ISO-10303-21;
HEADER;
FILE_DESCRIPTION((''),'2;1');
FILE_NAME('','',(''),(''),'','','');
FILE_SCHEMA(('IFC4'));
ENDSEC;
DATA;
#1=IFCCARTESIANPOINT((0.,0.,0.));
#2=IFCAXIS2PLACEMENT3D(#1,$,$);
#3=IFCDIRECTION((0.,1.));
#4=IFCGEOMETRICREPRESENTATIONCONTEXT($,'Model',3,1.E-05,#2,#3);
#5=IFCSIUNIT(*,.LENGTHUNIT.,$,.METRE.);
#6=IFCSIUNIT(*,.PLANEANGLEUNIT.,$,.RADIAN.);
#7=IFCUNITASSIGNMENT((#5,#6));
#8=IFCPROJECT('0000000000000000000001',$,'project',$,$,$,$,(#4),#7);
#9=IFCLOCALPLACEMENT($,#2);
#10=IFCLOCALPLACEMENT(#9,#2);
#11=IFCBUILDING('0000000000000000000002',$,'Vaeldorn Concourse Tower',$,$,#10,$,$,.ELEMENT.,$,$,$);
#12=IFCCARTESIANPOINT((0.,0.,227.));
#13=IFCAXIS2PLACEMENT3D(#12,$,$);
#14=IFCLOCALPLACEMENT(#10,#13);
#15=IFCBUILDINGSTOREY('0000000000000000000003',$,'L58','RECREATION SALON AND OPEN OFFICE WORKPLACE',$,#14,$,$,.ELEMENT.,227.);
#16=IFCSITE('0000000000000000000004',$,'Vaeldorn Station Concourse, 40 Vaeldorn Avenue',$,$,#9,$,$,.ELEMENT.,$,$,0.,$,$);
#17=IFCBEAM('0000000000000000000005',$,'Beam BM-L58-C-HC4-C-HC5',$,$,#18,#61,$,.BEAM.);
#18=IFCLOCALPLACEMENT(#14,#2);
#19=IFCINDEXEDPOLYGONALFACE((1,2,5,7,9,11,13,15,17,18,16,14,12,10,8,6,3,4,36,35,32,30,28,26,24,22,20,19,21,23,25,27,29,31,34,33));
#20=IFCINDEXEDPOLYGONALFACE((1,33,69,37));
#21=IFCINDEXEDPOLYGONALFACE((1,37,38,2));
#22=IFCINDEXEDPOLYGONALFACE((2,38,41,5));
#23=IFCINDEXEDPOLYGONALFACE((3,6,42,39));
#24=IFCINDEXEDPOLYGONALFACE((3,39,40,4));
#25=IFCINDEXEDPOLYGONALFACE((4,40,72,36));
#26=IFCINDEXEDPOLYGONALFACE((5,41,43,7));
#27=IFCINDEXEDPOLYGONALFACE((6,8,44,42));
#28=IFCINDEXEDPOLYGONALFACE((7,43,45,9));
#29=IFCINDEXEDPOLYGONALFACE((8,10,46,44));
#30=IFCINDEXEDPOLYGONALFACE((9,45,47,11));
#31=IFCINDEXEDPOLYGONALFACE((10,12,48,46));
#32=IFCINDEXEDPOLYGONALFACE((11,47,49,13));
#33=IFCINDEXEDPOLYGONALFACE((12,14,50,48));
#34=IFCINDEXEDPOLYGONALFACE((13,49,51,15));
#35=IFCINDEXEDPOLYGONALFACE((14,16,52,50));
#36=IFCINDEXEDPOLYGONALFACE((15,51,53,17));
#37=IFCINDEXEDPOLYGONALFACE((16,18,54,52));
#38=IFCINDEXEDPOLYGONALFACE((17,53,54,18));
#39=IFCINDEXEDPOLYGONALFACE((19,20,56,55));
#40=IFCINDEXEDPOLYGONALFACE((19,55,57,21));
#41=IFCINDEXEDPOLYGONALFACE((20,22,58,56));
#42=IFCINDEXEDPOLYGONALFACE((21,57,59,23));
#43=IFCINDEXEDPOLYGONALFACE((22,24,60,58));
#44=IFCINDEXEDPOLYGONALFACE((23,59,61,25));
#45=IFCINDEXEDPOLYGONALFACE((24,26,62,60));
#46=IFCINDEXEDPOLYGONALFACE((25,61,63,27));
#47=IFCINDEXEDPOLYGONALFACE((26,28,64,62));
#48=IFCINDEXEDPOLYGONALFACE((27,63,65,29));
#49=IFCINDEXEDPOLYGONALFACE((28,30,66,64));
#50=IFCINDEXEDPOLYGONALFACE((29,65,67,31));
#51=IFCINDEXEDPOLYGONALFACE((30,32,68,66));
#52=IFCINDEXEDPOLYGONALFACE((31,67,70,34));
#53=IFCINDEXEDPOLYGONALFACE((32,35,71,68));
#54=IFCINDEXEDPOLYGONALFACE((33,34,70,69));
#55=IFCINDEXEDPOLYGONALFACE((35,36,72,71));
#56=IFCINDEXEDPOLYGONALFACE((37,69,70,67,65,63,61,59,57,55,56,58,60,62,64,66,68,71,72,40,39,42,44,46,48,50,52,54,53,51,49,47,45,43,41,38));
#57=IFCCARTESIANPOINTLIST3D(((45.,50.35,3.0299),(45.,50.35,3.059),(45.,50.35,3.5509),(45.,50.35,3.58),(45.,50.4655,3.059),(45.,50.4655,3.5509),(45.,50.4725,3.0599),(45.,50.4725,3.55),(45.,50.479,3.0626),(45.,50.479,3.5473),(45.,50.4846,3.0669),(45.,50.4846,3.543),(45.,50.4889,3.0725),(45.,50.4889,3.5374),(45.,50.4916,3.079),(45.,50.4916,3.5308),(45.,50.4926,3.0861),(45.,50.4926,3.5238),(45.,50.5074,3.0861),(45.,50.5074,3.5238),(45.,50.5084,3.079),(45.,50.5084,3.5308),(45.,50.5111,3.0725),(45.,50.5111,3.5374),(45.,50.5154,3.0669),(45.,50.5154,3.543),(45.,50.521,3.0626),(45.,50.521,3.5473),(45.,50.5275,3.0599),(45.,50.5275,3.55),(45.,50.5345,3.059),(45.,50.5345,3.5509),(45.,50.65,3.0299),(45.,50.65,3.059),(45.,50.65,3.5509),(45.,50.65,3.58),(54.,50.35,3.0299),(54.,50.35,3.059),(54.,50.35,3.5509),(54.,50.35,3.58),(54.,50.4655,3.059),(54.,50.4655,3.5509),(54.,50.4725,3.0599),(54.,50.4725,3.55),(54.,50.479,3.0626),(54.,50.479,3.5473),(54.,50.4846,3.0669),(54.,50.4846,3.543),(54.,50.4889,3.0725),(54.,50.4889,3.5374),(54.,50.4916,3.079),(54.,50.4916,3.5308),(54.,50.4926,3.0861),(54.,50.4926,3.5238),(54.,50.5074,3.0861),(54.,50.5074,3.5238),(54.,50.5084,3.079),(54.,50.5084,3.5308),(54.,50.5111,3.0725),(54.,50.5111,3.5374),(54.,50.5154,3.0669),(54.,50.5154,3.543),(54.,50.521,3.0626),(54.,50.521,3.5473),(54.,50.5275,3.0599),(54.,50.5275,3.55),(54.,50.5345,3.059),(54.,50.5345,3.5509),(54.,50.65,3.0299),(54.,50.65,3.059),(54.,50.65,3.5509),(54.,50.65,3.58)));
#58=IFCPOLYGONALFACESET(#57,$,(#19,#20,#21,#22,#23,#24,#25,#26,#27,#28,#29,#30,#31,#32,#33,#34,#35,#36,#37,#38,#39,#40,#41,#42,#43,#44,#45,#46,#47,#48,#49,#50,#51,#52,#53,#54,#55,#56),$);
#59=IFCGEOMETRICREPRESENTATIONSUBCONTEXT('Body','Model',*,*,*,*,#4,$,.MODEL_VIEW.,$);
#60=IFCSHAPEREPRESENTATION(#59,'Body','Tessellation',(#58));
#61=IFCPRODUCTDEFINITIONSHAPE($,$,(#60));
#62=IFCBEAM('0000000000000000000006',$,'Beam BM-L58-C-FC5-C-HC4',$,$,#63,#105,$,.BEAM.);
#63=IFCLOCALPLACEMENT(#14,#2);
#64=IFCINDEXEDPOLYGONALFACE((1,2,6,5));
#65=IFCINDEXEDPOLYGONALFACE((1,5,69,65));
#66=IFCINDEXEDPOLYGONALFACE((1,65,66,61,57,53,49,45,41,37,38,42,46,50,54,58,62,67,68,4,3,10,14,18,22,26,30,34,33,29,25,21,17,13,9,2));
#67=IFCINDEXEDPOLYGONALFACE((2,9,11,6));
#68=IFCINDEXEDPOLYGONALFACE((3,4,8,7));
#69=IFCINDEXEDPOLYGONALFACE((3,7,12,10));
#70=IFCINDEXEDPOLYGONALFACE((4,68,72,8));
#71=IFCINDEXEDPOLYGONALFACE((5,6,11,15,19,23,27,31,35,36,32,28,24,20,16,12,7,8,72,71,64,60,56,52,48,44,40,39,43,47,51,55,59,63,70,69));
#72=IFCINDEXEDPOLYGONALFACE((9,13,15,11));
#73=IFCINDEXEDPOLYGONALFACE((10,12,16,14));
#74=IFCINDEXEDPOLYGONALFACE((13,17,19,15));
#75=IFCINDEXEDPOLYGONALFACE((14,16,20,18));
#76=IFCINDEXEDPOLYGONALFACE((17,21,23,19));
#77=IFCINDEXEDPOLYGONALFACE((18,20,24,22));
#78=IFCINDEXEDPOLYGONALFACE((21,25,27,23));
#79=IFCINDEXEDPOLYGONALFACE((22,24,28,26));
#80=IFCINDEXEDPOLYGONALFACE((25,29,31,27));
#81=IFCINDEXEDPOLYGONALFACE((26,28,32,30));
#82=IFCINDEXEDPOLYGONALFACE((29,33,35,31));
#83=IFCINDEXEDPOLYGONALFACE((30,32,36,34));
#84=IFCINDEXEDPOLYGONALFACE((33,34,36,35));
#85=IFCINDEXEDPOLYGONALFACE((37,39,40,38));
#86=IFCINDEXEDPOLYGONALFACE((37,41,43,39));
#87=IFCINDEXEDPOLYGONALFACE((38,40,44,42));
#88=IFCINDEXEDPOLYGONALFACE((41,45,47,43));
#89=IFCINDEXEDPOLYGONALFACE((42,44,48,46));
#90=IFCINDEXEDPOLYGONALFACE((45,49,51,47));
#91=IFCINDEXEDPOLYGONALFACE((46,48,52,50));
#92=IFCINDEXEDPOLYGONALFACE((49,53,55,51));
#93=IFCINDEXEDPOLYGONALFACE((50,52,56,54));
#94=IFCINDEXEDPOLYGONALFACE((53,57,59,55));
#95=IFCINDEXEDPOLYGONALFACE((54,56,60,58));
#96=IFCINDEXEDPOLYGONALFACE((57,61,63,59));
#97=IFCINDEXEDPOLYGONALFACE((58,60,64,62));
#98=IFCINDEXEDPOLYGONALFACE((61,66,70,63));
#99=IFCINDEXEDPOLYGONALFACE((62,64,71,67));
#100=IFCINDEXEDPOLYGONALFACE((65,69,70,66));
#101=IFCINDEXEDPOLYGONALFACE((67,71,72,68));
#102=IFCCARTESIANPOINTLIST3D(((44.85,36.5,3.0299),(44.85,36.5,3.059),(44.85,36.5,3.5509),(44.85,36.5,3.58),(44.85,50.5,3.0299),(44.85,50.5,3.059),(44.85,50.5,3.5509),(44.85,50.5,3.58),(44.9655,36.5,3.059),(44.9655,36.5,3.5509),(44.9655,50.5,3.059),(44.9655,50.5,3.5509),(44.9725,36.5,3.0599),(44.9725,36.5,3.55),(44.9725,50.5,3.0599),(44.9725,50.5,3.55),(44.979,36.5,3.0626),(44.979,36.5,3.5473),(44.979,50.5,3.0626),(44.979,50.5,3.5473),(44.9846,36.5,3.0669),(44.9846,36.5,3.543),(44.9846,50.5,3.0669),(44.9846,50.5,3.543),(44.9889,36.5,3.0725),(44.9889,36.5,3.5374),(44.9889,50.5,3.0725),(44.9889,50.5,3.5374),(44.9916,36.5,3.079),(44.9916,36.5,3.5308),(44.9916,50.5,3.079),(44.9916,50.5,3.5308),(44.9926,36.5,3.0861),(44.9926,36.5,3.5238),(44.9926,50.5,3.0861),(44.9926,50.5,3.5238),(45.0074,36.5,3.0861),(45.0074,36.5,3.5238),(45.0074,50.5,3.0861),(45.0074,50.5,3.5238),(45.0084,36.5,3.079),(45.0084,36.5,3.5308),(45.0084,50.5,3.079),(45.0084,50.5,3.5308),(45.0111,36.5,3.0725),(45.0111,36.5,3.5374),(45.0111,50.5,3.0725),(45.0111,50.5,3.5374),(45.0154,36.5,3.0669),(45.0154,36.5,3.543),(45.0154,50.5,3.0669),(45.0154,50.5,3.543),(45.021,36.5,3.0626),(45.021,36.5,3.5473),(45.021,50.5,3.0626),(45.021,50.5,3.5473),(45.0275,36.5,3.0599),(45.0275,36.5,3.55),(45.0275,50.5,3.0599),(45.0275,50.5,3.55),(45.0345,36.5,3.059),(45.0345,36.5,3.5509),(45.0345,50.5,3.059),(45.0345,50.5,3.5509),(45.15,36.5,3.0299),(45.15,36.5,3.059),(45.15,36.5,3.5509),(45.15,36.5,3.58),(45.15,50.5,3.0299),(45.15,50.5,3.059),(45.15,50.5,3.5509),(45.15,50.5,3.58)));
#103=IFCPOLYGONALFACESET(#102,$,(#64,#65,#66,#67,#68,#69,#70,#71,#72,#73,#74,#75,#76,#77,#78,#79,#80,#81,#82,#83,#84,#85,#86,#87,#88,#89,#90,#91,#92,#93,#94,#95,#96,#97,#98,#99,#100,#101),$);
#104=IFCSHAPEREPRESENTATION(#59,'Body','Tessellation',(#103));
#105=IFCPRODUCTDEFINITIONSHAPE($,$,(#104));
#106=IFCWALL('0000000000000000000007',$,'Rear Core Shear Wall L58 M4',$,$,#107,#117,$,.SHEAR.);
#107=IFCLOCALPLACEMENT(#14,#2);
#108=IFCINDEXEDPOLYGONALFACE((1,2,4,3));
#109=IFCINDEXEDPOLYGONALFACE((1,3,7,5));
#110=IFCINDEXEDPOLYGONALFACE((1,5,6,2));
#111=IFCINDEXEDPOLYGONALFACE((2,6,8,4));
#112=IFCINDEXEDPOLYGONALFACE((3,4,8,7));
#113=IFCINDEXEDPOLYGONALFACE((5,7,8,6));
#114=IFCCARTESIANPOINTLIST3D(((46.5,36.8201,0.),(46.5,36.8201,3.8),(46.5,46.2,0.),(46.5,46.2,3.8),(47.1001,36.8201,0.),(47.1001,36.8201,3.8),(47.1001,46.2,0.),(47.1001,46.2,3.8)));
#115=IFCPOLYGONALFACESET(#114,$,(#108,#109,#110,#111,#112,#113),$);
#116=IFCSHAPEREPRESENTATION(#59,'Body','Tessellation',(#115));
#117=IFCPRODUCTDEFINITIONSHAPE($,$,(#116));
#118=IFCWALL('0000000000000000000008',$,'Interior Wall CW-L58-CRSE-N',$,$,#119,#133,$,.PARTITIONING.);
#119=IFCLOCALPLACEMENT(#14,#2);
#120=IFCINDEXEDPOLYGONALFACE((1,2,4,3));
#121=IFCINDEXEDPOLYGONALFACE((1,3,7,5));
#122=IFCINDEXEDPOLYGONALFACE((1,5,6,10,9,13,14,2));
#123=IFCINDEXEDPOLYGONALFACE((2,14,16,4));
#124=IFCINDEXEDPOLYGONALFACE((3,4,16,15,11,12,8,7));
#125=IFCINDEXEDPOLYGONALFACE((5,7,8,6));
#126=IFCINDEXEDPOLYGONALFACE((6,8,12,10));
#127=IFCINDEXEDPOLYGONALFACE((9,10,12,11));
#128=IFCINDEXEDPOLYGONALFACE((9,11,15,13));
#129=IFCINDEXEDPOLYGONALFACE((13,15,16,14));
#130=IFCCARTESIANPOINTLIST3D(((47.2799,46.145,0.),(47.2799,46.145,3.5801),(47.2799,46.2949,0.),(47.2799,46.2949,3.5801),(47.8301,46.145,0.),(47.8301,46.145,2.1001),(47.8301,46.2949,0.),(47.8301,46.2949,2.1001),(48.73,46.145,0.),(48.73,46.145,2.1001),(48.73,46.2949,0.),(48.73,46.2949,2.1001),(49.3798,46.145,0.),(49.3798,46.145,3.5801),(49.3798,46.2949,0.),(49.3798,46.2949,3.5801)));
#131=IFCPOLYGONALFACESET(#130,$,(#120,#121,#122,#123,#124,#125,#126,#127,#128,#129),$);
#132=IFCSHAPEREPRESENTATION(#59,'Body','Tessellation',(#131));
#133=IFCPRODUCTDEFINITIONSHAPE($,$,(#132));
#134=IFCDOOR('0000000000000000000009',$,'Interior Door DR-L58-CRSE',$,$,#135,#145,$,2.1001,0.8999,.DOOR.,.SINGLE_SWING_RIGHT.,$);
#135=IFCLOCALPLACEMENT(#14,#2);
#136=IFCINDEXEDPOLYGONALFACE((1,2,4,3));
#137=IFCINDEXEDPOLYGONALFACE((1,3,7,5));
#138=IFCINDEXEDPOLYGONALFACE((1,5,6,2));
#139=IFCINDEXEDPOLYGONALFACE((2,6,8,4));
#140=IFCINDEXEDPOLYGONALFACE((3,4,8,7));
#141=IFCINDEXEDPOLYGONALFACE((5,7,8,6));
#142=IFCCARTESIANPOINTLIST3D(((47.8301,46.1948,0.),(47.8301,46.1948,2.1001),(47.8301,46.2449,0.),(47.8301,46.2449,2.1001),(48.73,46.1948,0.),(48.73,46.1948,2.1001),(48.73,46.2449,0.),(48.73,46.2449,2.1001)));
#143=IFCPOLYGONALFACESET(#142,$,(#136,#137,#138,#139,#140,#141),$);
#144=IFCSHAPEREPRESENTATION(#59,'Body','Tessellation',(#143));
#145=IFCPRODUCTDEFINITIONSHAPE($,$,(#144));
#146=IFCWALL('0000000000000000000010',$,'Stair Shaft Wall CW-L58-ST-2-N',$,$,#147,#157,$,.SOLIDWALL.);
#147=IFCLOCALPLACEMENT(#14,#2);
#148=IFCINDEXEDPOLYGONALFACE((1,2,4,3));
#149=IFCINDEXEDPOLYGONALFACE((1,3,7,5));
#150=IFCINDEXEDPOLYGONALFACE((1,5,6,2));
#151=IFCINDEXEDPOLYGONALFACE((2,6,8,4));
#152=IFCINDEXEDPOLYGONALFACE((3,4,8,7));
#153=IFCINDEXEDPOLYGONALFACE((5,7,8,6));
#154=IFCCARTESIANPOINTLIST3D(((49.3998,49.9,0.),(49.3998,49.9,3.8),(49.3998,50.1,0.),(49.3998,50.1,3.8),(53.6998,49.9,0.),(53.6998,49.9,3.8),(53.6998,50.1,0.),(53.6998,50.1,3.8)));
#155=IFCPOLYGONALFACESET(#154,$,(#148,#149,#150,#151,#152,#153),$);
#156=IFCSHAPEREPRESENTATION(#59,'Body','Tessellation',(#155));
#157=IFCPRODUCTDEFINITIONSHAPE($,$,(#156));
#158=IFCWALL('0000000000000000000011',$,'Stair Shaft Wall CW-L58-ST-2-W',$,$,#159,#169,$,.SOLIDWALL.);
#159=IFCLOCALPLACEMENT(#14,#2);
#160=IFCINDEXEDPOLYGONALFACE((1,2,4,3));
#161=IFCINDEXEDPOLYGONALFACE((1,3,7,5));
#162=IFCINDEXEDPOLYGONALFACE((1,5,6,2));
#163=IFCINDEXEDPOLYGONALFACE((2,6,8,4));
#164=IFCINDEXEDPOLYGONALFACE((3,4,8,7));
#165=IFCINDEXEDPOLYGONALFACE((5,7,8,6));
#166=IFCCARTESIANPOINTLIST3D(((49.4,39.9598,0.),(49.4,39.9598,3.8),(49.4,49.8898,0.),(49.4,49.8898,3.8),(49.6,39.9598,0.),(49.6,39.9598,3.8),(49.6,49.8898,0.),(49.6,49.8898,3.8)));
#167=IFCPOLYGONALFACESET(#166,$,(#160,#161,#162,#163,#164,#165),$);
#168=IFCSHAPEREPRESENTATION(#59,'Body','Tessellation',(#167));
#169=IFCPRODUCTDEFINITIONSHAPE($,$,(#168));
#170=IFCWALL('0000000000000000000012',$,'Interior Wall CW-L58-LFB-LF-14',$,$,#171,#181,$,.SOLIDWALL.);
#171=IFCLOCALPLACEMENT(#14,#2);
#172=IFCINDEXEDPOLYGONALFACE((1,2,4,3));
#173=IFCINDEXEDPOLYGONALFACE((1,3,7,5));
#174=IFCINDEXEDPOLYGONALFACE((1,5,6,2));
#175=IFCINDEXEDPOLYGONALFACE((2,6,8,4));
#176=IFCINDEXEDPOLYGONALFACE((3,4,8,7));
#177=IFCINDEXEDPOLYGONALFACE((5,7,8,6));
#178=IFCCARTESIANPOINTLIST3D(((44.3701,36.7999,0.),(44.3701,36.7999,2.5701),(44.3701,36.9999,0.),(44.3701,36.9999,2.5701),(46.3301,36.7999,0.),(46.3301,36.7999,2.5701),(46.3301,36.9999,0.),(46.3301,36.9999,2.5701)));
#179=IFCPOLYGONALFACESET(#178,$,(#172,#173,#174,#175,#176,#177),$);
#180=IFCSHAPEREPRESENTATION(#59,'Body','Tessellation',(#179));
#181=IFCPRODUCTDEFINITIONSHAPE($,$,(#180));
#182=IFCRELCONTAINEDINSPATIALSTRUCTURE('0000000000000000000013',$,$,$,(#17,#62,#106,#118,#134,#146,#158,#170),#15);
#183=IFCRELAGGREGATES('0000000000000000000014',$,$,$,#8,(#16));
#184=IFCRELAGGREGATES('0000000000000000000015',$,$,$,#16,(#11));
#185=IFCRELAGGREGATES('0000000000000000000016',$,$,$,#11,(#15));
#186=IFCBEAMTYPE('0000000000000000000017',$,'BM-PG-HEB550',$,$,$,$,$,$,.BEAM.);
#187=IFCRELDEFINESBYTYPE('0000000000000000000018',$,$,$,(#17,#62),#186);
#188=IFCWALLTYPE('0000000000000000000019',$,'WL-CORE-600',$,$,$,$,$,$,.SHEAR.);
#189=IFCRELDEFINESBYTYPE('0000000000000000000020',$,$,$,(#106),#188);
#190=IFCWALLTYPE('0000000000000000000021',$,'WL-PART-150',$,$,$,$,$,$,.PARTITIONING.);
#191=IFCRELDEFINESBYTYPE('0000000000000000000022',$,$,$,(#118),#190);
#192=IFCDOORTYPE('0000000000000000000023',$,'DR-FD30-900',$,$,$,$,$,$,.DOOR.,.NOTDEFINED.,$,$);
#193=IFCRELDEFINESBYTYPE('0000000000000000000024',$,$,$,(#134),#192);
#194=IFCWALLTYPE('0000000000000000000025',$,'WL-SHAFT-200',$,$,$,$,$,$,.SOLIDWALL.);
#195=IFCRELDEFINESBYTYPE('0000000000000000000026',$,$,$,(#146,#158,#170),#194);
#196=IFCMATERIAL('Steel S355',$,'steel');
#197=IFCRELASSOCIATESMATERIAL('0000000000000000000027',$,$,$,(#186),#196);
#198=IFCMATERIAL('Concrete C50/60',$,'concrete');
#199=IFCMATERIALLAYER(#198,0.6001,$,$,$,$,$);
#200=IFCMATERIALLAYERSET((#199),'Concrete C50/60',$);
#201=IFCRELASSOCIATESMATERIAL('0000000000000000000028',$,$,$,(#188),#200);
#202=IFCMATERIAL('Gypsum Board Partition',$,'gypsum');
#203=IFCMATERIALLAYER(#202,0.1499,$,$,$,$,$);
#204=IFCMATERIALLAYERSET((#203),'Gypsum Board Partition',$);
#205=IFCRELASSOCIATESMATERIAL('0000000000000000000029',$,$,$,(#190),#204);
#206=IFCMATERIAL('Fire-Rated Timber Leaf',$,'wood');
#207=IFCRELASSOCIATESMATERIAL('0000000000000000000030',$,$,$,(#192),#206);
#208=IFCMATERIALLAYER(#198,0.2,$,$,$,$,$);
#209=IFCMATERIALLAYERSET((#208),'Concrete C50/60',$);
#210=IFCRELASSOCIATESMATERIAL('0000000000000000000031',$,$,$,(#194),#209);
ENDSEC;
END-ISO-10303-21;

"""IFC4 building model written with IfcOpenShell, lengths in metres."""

from ifc_helpers import new_model, si_unit, direction, frame, frame_2d, origin, origin_2d, place, context, subcontext, project, spatial, rectangle, i_section, extrude, source, transform, mapped, material, layer, layer_set, material_profile, profile_set, type_object, element, fill, save


model = new_model("IFC4")

# Units and contexts
model_context = context("Model", 3, precision=1e-05, world=origin(), true_north=direction((0.0, 1.0)))
body_context = subcontext(model_context, "Body", "Model", "MODEL_VIEW")
ifc_project = project(units=[si_unit("LENGTHUNIT", "METRE"), si_unit("PLANEANGLEUNIT", "RADIAN")], contexts=[model_context])

# Site, building, storey
site_placement = place(None, origin())
site = spatial("IfcSite", under=ifc_project, at=site_placement, Name="Vaeldorn Station Concourse, 40 Vaeldorn Avenue", CompositionType="ELEMENT", RefElevation=0.0)
building_placement = place(site_placement, origin())
building = spatial("IfcBuilding", under=site, at=building_placement, Name="Vaeldorn Concourse Tower", CompositionType="ELEMENT")
storey_placement = place(building_placement, frame((0.0, 0.0, 227.0)))
storey = spatial("IfcBuildingStorey", under=building, at=storey_placement, Name="L58", Description="RECREATION SALON AND OPEN OFFICE WORKPLACE", CompositionType="ELEMENT", Elevation=227.0)

# Beams
ifc_material_1 = material(Name="Concrete C50/60", Category="concrete")
ifc_material_2 = material(Name="Steel S355", Category="steel")
ifc_material_profile_1 = material_profile(ifc_material_2, i_section(OverallWidth=0.3, OverallDepth=0.55, WebThickness=0.0149, FlangeThickness=0.0291, FilletRadius=0.0271, at=origin_2d()), Name="HEB 550")
ifc_profile_set_1 = profile_set([ifc_material_profile_1], Name="Steel S355")
beam_type_1 = type_object("IfcBeamType", Name="BM-PG-HEB550", PredefinedType="BEAM", material=ifc_profile_set_1)
shared_shape_1 = source(origin(), body_context, "Body", "SweptSolid", [
    extrude(i_section(OverallWidth=0.3, OverallDepth=0.55, WebThickness=0.0149, FlangeThickness=0.0291, FilletRadius=0.0271, at=origin_2d()), origin(), (0.0, 0.0, 1.0), 9.0),
])
beam_1_placement = place(storey_placement, frame((45.0, 50.5, 3.3049), z_axis=(1.0, 0.0, 0.0), x_axis=(0.0, 1.0, 0.0)))
element("IfcBeam", 1, at=beam_1_placement, inside=storey, type_object=beam_type_1, Name="Beam BM-L58-C-HC4-C-HC5", PredefinedType="BEAM", context=body_context, shape_type="MappedRepresentation", body=[
    mapped(shared_shape_1, transform((0.0, 0.0, 0.0), scale=1.0)),
])
shared_shape_2 = source(origin(), body_context, "Body", "SweptSolid", [
    extrude(i_section(OverallWidth=0.3, OverallDepth=0.55, WebThickness=0.0149, FlangeThickness=0.0291, FilletRadius=0.0271, at=origin_2d()), origin(), (0.0, 0.0, 1.0), 14.0),
])
beam_2_placement = place(storey_placement, frame((45.0, 36.5, 3.3049), z_axis=(0.0, 1.0, 0.0), x_axis=(-1.0, 0.0, 0.0)))
element("IfcBeam", 2, at=beam_2_placement, inside=storey, type_object=beam_type_1, Name="Beam BM-L58-C-FC5-C-HC4", PredefinedType="BEAM", context=body_context, shape_type="MappedRepresentation", body=[
    mapped(shared_shape_2, transform((0.0, 0.0, 0.0), scale=1.0)),
])

# Wall
ifc_layer_1 = layer(ifc_material_1, 0.6001)
ifc_layer_set_1 = layer_set([ifc_layer_1], Name="Concrete C50/60")
wall_type_1 = type_object("IfcWallType", Name="WL-CORE-600", PredefinedType="SHEAR", material=ifc_layer_set_1)
wall_1_placement = place(storey_placement, frame((46.8, 36.8201, 0.0), z_axis=(0.0, 0.0, 1.0), x_axis=(0.0, 1.0, 0.0)))
element("IfcWall", 3, at=wall_1_placement, inside=storey, type_object=wall_type_1, Name="Rear Core Shear Wall L58 M4", PredefinedType="SHEAR", context=body_context, shape_type="SweptSolid", body=[
    extrude(rectangle(XDim=9.3799, YDim=0.6001, at=frame_2d((4.6899, 0.0))), origin(), (0.0, 0.0, 1.0), 3.8),
])

# Wall, opening, door
ifc_material_3 = material(Name="Gypsum Board Partition", Category="gypsum")
ifc_layer_2 = layer(ifc_material_3, 0.1499)
ifc_layer_set_2 = layer_set([ifc_layer_2], Name="Gypsum Board Partition")
wall_type_2 = type_object("IfcWallType", Name="WL-PART-150", PredefinedType="PARTITIONING", material=ifc_layer_set_2)
wall_2_placement = place(storey_placement, frame((47.28, 46.22, 0.0), z_axis=(0.0, 0.0, 1.0), x_axis=(1.0, 0.0, 0.0)))
wall_2 = element("IfcWall", 4, at=wall_2_placement, inside=storey, type_object=wall_type_2, Name="Interior Wall CW-L58-CRSE-N", PredefinedType="PARTITIONING", context=body_context, shape_type="SweptSolid", body=[
    extrude(rectangle(XDim=2.0999, YDim=0.1499, at=frame_2d((1.0498, 0.0))), origin(), (0.0, 0.0, 1.0), 3.5801),
])
opening_1_placement = place(wall_2_placement, frame((0.55, 0.0, 0.0)))
opening_1 = element("IfcOpeningElement", 5, at=opening_1_placement, cuts=wall_2, PredefinedType="OPENING", context=body_context, shape_type="SweptSolid", body=[
    extrude(rectangle(XDim=0.8999, YDim=2.1001, at=frame_2d((0.45, 1.05))), frame((0.0, 0.085, 0.0), z_axis=(0.0, -1.0, 0.0), x_axis=(1.0, 0.0, 0.0)), (0.0, 0.0, 1.0), 0.1699),
])
ifc_material_4 = material(Name="Fire-Rated Timber Leaf", Category="wood")
door_type_1 = type_object("IfcDoorType", Name="DR-FD30-900", OperationType="NOTDEFINED", PredefinedType="DOOR", material=ifc_material_4)
shared_shape_3 = source(origin(), body_context, "Body", "SweptSolid", [
    extrude(rectangle(XDim=0.8999, YDim=2.1001, at=frame_2d((0.45, 1.05))), frame((0.0, 0.0249, 0.0), z_axis=(0.0, -1.0, 0.0), x_axis=(1.0, 0.0, 0.0)), (0.0, 0.0, 1.0), 0.05),
])
door_1_placement = place(opening_1_placement, origin())
door_1 = element("IfcDoor", 6, at=door_1_placement, inside=storey, type_object=door_type_1, Name="Interior Door DR-L58-CRSE", OperationType="SINGLE_SWING_RIGHT", OverallHeight=2.1001, OverallWidth=0.8999, PredefinedType="DOOR", context=body_context, shape_type="MappedRepresentation", body=[
    mapped(shared_shape_3, transform((0.0, 0.0, 0.0), scale=1.0)),
])
fill(opening_1, door_1)
ifc_layer_3 = layer(ifc_material_1, 0.2)
ifc_layer_set_3 = layer_set([ifc_layer_3], Name="Concrete C50/60")
wall_type_3 = type_object("IfcWallType", Name="WL-SHAFT-200", PredefinedType="SOLIDWALL", material=ifc_layer_set_3)

# Walls
wall_3_placement = place(storey_placement, frame((49.3999, 50.0, 0.0), z_axis=(0.0, 0.0, 1.0), x_axis=(1.0, 0.0, 0.0)))
element("IfcWall", 7, at=wall_3_placement, inside=storey, type_object=wall_type_3, Name="Stair Shaft Wall CW-L58-ST-2-N", PredefinedType="SOLIDWALL", context=body_context, shape_type="SweptSolid", body=[
    extrude(rectangle(XDim=4.3, YDim=0.2, at=frame_2d((2.1499, 0.0))), origin(), (0.0, 0.0, 1.0), 3.8),
])
wall_4_placement = place(storey_placement, frame((49.5, 39.96, 0.0), z_axis=(0.0, 0.0, 1.0), x_axis=(0.0, 1.0, 0.0)))
element("IfcWall", 8, at=wall_4_placement, inside=storey, type_object=wall_type_3, Name="Stair Shaft Wall CW-L58-ST-2-W", PredefinedType="SOLIDWALL", context=body_context, shape_type="SweptSolid", body=[
    extrude(rectangle(XDim=9.9299, YDim=0.2, at=frame_2d((4.9648, 0.0))), origin(), (0.0, 0.0, 1.0), 3.8),
])

# Wall
wall_5_placement = place(storey_placement, frame((44.3701, 36.8999, 0.0), z_axis=(0.0, 0.0, 1.0), x_axis=(1.0, 0.0, 0.0)))
element("IfcWall", 9, at=wall_5_placement, inside=storey, type_object=wall_type_3, Name="Interior Wall CW-L58-LFB-LF-14", PredefinedType="SOLIDWALL", context=body_context, shape_type="SweptSolid", body=[
    extrude(rectangle(XDim=1.96, YDim=0.2, at=frame_2d((0.98, 0.0))), origin(), (0.0, 0.0, 1.0), 2.5701),
])

save(model, "model.ifc")
